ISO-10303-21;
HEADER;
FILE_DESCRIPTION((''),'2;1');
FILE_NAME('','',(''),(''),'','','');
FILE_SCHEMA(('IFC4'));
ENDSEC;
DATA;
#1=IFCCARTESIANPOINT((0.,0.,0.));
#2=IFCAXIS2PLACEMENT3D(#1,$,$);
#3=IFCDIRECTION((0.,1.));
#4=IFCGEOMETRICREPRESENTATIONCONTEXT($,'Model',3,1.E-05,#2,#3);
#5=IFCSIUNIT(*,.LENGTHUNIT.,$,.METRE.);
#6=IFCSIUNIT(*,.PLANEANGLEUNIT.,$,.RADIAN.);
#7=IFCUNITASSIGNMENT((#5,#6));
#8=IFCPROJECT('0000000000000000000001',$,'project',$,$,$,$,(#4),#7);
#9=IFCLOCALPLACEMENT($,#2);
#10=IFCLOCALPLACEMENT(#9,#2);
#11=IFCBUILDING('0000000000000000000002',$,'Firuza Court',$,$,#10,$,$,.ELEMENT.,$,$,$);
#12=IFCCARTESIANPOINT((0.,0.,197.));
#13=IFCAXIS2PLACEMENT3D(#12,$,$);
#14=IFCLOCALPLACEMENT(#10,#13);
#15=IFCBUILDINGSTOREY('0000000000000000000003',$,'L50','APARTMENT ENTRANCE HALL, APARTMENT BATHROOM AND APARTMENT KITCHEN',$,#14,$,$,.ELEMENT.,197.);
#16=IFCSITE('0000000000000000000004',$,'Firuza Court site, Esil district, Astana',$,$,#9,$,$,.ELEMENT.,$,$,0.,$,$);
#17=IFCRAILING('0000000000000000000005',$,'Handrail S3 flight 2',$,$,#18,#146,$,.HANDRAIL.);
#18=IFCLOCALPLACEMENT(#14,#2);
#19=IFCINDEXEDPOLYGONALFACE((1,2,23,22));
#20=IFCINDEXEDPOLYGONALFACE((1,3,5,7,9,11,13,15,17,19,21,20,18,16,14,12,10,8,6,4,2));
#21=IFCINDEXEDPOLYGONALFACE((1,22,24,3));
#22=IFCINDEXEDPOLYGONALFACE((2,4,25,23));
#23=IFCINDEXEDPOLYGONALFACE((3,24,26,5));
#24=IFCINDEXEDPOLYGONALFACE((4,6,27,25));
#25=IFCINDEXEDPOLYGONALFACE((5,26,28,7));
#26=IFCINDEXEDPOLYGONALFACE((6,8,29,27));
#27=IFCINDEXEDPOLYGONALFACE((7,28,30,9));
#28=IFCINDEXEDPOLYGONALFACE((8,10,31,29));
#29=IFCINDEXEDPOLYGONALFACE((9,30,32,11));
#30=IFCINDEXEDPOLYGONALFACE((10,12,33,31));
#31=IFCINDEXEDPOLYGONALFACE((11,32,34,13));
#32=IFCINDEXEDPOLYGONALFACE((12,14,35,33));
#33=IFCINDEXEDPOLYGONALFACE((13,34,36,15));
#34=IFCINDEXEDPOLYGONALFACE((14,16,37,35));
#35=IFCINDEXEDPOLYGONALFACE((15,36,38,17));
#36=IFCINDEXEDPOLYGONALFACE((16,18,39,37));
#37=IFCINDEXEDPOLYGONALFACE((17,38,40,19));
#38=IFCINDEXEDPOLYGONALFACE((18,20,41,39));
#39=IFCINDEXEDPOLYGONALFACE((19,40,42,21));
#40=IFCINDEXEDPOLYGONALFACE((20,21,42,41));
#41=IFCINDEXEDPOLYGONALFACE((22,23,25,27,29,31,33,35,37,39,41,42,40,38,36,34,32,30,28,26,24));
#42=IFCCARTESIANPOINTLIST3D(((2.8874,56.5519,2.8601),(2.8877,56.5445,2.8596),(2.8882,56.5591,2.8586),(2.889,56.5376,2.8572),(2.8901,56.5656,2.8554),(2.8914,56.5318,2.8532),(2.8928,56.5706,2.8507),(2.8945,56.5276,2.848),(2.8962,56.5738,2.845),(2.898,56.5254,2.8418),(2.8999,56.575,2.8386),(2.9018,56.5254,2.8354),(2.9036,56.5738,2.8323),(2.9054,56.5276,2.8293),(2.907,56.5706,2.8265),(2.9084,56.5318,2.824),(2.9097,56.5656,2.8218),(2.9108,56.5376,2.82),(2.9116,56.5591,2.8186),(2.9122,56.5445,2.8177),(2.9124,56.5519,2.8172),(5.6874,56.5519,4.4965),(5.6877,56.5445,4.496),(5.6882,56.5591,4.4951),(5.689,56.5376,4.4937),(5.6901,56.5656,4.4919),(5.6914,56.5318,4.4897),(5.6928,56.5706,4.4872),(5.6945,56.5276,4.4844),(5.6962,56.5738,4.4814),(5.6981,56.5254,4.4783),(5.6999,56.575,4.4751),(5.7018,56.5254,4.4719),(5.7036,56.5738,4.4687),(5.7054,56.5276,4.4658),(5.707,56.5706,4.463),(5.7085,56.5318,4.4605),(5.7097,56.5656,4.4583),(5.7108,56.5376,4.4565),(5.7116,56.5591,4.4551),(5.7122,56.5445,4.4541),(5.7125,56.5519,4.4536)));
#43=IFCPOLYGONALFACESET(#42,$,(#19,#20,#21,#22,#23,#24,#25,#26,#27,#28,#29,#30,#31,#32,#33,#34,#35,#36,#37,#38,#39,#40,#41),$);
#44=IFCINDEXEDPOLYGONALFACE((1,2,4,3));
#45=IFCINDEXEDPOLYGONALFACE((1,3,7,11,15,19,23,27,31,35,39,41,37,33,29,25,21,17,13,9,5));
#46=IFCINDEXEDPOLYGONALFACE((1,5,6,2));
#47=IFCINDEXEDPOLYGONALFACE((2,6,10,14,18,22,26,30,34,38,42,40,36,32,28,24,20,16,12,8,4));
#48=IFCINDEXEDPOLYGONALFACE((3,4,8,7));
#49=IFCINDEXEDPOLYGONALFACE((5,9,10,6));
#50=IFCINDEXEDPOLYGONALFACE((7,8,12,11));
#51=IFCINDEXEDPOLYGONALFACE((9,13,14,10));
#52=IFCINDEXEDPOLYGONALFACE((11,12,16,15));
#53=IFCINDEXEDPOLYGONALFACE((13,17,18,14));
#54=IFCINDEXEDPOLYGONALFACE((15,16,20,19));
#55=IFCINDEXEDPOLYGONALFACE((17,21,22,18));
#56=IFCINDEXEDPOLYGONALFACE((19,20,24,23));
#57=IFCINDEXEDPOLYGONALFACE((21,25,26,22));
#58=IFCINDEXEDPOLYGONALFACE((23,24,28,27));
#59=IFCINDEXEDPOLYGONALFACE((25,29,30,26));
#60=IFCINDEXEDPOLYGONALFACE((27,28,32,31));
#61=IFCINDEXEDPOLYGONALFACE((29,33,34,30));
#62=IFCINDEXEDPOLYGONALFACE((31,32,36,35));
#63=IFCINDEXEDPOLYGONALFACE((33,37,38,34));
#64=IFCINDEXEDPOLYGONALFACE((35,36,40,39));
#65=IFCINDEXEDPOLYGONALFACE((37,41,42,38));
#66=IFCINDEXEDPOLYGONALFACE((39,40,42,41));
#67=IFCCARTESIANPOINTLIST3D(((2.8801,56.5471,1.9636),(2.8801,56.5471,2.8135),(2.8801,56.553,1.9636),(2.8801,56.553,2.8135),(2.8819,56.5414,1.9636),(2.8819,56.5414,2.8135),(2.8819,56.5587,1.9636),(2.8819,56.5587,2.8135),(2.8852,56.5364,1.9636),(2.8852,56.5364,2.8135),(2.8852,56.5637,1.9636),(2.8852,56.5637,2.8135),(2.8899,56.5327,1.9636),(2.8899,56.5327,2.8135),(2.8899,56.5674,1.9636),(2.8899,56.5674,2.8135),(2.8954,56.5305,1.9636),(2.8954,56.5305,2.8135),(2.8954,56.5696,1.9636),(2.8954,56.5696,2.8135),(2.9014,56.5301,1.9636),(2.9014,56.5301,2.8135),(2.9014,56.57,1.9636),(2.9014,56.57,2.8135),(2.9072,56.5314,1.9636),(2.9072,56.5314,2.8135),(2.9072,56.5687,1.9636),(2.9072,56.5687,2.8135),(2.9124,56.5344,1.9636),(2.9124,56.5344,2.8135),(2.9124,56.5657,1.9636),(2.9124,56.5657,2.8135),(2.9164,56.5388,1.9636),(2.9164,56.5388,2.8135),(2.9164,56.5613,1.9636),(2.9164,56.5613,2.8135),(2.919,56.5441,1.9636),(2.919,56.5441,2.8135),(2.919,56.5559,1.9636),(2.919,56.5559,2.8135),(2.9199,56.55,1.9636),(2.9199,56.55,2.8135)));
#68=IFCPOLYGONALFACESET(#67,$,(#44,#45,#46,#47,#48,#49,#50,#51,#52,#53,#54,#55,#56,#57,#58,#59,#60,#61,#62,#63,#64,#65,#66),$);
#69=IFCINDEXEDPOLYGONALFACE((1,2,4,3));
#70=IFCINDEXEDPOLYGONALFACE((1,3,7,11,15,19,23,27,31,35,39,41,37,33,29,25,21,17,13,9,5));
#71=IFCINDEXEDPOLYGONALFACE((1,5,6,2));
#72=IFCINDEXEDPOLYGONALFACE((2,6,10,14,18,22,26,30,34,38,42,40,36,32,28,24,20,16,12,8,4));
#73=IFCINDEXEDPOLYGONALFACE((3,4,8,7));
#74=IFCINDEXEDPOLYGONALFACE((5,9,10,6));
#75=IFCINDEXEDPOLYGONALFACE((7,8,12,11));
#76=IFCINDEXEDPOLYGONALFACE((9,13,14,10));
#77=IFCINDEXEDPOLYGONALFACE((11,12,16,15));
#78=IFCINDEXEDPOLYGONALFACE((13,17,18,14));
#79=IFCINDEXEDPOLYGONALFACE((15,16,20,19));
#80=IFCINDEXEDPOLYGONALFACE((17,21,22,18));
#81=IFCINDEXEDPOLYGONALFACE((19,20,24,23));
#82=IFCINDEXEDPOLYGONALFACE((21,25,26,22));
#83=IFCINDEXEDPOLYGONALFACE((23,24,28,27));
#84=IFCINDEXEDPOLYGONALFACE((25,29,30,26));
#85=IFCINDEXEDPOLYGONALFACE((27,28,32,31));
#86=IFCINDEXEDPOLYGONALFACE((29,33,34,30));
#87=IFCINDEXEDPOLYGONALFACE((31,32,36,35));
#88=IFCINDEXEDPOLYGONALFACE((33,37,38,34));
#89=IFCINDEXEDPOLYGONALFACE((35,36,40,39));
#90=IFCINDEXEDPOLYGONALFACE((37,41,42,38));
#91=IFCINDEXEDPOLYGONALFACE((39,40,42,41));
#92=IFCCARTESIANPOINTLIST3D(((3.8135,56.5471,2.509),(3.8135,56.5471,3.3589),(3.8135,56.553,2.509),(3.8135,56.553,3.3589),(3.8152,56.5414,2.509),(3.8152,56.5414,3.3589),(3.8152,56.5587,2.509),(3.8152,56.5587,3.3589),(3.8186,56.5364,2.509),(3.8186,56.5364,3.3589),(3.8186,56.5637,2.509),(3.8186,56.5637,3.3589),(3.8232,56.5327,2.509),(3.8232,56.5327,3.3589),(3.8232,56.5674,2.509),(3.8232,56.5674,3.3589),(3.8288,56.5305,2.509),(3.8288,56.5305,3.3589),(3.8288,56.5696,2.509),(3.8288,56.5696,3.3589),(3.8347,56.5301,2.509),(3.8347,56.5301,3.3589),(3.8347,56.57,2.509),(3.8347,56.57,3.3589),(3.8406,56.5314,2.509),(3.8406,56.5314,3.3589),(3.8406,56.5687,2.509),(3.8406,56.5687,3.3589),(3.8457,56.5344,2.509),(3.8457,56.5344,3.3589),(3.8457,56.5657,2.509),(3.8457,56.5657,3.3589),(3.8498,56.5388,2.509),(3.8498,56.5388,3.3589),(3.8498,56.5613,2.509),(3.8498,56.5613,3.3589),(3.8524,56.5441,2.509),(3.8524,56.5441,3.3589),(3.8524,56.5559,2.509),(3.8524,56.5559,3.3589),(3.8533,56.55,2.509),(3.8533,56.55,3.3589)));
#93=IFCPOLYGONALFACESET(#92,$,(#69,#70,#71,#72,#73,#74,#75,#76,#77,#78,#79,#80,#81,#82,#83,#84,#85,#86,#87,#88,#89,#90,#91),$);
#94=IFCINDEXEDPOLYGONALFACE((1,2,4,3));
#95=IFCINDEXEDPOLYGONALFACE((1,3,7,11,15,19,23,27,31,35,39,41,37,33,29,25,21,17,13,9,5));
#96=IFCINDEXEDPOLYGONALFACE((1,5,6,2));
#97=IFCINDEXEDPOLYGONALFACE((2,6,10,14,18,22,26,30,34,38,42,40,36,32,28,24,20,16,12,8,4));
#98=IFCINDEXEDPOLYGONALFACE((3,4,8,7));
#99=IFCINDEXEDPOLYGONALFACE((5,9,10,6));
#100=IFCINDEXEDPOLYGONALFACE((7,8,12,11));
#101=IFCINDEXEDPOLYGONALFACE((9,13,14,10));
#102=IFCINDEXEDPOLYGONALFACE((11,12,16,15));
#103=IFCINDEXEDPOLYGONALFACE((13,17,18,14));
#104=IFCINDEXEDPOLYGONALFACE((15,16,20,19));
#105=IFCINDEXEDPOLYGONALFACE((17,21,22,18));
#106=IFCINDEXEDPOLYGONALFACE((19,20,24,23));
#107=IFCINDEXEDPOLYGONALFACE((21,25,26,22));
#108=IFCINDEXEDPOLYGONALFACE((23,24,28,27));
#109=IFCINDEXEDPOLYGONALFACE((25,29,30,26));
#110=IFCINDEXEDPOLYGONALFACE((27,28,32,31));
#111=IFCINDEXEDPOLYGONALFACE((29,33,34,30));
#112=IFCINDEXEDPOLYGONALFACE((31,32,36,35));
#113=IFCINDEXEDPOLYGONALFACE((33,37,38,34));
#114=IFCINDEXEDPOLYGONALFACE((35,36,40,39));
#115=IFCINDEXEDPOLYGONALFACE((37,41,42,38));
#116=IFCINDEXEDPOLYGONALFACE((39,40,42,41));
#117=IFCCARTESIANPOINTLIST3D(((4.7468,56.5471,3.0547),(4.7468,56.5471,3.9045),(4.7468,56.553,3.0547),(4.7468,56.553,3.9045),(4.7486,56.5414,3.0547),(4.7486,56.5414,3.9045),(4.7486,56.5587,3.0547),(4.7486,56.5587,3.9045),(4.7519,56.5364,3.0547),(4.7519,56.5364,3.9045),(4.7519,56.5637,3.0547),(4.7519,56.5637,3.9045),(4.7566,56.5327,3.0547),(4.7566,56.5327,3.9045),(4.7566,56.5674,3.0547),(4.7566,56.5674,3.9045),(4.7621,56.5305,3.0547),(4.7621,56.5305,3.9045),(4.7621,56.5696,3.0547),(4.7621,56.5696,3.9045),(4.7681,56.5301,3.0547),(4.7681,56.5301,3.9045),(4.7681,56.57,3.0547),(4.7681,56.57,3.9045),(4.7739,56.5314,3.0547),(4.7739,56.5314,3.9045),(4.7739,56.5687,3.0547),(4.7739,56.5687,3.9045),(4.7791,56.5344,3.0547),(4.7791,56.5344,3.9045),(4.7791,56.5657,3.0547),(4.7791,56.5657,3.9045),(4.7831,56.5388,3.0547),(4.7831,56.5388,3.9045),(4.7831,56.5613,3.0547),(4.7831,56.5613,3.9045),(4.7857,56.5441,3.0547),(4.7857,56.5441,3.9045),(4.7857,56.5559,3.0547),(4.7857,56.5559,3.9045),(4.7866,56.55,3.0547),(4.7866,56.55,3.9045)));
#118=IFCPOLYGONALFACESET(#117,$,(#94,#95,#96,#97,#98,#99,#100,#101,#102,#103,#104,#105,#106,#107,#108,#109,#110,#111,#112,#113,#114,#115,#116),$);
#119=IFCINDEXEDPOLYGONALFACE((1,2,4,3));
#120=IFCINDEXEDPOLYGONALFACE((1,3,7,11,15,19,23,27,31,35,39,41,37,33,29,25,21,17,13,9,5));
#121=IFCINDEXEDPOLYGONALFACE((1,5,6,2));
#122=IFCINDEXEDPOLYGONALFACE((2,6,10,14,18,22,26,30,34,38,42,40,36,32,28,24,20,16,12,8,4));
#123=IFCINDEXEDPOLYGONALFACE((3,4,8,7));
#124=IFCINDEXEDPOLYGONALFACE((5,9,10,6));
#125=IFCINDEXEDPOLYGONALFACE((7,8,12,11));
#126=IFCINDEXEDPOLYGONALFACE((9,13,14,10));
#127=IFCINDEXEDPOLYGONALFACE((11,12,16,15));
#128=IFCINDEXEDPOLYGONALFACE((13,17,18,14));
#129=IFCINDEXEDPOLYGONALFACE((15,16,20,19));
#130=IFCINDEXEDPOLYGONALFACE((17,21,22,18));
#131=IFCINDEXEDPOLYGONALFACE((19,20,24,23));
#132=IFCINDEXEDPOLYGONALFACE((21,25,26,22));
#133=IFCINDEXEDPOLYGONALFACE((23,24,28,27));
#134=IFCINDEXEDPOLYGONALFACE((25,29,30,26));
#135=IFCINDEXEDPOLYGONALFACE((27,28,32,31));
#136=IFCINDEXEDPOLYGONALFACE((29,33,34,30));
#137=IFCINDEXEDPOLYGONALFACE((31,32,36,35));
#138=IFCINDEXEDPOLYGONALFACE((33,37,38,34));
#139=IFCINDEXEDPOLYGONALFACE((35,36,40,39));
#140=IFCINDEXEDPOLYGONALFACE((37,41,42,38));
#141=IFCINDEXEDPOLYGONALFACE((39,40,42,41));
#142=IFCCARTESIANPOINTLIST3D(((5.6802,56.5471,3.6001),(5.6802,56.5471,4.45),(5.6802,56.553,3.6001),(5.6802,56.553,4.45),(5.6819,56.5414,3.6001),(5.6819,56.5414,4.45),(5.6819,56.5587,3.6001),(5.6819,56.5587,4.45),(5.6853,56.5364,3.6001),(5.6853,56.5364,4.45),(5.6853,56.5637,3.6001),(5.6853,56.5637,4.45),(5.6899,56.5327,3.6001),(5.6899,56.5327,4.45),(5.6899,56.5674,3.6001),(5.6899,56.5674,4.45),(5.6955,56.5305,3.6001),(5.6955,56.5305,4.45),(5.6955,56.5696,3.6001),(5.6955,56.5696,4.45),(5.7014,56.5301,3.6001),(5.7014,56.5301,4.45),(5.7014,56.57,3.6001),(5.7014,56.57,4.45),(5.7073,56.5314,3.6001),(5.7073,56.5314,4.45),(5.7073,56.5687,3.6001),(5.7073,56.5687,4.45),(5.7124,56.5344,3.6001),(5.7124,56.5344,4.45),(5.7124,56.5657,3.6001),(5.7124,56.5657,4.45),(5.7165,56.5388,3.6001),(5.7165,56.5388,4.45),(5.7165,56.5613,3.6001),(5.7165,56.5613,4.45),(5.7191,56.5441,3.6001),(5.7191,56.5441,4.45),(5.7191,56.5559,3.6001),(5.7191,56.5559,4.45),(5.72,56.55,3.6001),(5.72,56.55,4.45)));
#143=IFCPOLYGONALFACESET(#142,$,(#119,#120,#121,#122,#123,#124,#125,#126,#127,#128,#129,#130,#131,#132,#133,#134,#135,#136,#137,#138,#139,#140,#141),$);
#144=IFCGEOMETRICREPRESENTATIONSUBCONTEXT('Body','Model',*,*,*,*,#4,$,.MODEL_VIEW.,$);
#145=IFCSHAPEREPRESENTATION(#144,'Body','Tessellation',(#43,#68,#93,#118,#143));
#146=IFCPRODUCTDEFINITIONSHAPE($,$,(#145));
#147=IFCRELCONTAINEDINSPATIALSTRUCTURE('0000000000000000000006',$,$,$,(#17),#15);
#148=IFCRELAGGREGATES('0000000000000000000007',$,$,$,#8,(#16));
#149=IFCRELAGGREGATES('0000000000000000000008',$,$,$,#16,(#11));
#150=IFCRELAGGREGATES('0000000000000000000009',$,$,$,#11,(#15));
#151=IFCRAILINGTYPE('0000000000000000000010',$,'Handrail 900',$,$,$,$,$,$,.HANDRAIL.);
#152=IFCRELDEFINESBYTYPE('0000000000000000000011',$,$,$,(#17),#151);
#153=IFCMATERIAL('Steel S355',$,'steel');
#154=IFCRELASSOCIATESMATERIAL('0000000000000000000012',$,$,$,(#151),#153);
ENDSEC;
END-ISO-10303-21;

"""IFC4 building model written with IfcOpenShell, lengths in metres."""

from ifc_helpers import new_model, si_unit, direction, frame, origin, origin_2d, place, context, subcontext, project, spatial, circle, extrude, material, type_object, element, save


model = new_model("IFC4")

# Units and contexts
model_context = context("Model", 3, precision=1e-05, world=origin(), true_north=direction((0.0, 1.0)))
body_context = subcontext(model_context, "Body", "Model", "MODEL_VIEW")
ifc_project = project(units=[si_unit("LENGTHUNIT", "METRE"), si_unit("PLANEANGLEUNIT", "RADIAN")], contexts=[model_context])

# Site, building, storey
site_placement = place(None, origin())
site = spatial("IfcSite", under=ifc_project, at=site_placement, Name="Firuza Court site, Esil district, Astana", CompositionType="ELEMENT", RefElevation=0.0)
building_placement = place(site_placement, origin())
building = spatial("IfcBuilding", under=site, at=building_placement, Name="Firuza Court", CompositionType="ELEMENT")
storey_placement = place(building_placement, frame((0.0, 0.0, 197.0)))
storey = spatial("IfcBuildingStorey", under=building, at=storey_placement, Name="L50", Description="APARTMENT ENTRANCE HALL, APARTMENT BATHROOM AND APARTMENT KITCHEN", CompositionType="ELEMENT", Elevation=197.0)

# Railing
ifc_material_1 = material(Name="Steel S355", Category="steel")
railing_type_1 = type_object("IfcRailingType", Name="Handrail 900", PredefinedType="HANDRAIL", material=ifc_material_1)
railing_1_placement = place(storey_placement, frame((2.8999, 56.55, 1.9636)))
element("IfcRailing", 1, at=railing_1_placement, inside=storey, type_object=railing_type_1, Name="Handrail S3 flight 2", PredefinedType="HANDRAIL", context=body_context, shape_type="SweptSolid", body=[
    extrude(circle(Radius=0.0249, at=origin_2d()), frame((0.0, 0.0, 0.875), z_axis=(0.863361, 0.0, 0.504587), x_axis=(0.0, 1.0, 0.0)), (0.0, 0.0, 1.0), 3.2432),
    extrude(circle(Radius=0.02, at=origin_2d()), origin(), (0.0, 0.0, 1.0), 0.8499),
    extrude(circle(Radius=0.02, at=origin_2d()), frame((0.9333, 0.0, 0.5454)), (0.0, 0.0, 1.0), 0.8499),
    extrude(circle(Radius=0.02, at=origin_2d()), frame((1.8667, 0.0, 1.0911)), (0.0, 0.0, 1.0), 0.8499),
    extrude(circle(Radius=0.02, at=origin_2d()), frame((2.8, 0.0, 1.6365)), (0.0, 0.0, 1.0), 0.8499),
])

save(model, "model.ifc")
